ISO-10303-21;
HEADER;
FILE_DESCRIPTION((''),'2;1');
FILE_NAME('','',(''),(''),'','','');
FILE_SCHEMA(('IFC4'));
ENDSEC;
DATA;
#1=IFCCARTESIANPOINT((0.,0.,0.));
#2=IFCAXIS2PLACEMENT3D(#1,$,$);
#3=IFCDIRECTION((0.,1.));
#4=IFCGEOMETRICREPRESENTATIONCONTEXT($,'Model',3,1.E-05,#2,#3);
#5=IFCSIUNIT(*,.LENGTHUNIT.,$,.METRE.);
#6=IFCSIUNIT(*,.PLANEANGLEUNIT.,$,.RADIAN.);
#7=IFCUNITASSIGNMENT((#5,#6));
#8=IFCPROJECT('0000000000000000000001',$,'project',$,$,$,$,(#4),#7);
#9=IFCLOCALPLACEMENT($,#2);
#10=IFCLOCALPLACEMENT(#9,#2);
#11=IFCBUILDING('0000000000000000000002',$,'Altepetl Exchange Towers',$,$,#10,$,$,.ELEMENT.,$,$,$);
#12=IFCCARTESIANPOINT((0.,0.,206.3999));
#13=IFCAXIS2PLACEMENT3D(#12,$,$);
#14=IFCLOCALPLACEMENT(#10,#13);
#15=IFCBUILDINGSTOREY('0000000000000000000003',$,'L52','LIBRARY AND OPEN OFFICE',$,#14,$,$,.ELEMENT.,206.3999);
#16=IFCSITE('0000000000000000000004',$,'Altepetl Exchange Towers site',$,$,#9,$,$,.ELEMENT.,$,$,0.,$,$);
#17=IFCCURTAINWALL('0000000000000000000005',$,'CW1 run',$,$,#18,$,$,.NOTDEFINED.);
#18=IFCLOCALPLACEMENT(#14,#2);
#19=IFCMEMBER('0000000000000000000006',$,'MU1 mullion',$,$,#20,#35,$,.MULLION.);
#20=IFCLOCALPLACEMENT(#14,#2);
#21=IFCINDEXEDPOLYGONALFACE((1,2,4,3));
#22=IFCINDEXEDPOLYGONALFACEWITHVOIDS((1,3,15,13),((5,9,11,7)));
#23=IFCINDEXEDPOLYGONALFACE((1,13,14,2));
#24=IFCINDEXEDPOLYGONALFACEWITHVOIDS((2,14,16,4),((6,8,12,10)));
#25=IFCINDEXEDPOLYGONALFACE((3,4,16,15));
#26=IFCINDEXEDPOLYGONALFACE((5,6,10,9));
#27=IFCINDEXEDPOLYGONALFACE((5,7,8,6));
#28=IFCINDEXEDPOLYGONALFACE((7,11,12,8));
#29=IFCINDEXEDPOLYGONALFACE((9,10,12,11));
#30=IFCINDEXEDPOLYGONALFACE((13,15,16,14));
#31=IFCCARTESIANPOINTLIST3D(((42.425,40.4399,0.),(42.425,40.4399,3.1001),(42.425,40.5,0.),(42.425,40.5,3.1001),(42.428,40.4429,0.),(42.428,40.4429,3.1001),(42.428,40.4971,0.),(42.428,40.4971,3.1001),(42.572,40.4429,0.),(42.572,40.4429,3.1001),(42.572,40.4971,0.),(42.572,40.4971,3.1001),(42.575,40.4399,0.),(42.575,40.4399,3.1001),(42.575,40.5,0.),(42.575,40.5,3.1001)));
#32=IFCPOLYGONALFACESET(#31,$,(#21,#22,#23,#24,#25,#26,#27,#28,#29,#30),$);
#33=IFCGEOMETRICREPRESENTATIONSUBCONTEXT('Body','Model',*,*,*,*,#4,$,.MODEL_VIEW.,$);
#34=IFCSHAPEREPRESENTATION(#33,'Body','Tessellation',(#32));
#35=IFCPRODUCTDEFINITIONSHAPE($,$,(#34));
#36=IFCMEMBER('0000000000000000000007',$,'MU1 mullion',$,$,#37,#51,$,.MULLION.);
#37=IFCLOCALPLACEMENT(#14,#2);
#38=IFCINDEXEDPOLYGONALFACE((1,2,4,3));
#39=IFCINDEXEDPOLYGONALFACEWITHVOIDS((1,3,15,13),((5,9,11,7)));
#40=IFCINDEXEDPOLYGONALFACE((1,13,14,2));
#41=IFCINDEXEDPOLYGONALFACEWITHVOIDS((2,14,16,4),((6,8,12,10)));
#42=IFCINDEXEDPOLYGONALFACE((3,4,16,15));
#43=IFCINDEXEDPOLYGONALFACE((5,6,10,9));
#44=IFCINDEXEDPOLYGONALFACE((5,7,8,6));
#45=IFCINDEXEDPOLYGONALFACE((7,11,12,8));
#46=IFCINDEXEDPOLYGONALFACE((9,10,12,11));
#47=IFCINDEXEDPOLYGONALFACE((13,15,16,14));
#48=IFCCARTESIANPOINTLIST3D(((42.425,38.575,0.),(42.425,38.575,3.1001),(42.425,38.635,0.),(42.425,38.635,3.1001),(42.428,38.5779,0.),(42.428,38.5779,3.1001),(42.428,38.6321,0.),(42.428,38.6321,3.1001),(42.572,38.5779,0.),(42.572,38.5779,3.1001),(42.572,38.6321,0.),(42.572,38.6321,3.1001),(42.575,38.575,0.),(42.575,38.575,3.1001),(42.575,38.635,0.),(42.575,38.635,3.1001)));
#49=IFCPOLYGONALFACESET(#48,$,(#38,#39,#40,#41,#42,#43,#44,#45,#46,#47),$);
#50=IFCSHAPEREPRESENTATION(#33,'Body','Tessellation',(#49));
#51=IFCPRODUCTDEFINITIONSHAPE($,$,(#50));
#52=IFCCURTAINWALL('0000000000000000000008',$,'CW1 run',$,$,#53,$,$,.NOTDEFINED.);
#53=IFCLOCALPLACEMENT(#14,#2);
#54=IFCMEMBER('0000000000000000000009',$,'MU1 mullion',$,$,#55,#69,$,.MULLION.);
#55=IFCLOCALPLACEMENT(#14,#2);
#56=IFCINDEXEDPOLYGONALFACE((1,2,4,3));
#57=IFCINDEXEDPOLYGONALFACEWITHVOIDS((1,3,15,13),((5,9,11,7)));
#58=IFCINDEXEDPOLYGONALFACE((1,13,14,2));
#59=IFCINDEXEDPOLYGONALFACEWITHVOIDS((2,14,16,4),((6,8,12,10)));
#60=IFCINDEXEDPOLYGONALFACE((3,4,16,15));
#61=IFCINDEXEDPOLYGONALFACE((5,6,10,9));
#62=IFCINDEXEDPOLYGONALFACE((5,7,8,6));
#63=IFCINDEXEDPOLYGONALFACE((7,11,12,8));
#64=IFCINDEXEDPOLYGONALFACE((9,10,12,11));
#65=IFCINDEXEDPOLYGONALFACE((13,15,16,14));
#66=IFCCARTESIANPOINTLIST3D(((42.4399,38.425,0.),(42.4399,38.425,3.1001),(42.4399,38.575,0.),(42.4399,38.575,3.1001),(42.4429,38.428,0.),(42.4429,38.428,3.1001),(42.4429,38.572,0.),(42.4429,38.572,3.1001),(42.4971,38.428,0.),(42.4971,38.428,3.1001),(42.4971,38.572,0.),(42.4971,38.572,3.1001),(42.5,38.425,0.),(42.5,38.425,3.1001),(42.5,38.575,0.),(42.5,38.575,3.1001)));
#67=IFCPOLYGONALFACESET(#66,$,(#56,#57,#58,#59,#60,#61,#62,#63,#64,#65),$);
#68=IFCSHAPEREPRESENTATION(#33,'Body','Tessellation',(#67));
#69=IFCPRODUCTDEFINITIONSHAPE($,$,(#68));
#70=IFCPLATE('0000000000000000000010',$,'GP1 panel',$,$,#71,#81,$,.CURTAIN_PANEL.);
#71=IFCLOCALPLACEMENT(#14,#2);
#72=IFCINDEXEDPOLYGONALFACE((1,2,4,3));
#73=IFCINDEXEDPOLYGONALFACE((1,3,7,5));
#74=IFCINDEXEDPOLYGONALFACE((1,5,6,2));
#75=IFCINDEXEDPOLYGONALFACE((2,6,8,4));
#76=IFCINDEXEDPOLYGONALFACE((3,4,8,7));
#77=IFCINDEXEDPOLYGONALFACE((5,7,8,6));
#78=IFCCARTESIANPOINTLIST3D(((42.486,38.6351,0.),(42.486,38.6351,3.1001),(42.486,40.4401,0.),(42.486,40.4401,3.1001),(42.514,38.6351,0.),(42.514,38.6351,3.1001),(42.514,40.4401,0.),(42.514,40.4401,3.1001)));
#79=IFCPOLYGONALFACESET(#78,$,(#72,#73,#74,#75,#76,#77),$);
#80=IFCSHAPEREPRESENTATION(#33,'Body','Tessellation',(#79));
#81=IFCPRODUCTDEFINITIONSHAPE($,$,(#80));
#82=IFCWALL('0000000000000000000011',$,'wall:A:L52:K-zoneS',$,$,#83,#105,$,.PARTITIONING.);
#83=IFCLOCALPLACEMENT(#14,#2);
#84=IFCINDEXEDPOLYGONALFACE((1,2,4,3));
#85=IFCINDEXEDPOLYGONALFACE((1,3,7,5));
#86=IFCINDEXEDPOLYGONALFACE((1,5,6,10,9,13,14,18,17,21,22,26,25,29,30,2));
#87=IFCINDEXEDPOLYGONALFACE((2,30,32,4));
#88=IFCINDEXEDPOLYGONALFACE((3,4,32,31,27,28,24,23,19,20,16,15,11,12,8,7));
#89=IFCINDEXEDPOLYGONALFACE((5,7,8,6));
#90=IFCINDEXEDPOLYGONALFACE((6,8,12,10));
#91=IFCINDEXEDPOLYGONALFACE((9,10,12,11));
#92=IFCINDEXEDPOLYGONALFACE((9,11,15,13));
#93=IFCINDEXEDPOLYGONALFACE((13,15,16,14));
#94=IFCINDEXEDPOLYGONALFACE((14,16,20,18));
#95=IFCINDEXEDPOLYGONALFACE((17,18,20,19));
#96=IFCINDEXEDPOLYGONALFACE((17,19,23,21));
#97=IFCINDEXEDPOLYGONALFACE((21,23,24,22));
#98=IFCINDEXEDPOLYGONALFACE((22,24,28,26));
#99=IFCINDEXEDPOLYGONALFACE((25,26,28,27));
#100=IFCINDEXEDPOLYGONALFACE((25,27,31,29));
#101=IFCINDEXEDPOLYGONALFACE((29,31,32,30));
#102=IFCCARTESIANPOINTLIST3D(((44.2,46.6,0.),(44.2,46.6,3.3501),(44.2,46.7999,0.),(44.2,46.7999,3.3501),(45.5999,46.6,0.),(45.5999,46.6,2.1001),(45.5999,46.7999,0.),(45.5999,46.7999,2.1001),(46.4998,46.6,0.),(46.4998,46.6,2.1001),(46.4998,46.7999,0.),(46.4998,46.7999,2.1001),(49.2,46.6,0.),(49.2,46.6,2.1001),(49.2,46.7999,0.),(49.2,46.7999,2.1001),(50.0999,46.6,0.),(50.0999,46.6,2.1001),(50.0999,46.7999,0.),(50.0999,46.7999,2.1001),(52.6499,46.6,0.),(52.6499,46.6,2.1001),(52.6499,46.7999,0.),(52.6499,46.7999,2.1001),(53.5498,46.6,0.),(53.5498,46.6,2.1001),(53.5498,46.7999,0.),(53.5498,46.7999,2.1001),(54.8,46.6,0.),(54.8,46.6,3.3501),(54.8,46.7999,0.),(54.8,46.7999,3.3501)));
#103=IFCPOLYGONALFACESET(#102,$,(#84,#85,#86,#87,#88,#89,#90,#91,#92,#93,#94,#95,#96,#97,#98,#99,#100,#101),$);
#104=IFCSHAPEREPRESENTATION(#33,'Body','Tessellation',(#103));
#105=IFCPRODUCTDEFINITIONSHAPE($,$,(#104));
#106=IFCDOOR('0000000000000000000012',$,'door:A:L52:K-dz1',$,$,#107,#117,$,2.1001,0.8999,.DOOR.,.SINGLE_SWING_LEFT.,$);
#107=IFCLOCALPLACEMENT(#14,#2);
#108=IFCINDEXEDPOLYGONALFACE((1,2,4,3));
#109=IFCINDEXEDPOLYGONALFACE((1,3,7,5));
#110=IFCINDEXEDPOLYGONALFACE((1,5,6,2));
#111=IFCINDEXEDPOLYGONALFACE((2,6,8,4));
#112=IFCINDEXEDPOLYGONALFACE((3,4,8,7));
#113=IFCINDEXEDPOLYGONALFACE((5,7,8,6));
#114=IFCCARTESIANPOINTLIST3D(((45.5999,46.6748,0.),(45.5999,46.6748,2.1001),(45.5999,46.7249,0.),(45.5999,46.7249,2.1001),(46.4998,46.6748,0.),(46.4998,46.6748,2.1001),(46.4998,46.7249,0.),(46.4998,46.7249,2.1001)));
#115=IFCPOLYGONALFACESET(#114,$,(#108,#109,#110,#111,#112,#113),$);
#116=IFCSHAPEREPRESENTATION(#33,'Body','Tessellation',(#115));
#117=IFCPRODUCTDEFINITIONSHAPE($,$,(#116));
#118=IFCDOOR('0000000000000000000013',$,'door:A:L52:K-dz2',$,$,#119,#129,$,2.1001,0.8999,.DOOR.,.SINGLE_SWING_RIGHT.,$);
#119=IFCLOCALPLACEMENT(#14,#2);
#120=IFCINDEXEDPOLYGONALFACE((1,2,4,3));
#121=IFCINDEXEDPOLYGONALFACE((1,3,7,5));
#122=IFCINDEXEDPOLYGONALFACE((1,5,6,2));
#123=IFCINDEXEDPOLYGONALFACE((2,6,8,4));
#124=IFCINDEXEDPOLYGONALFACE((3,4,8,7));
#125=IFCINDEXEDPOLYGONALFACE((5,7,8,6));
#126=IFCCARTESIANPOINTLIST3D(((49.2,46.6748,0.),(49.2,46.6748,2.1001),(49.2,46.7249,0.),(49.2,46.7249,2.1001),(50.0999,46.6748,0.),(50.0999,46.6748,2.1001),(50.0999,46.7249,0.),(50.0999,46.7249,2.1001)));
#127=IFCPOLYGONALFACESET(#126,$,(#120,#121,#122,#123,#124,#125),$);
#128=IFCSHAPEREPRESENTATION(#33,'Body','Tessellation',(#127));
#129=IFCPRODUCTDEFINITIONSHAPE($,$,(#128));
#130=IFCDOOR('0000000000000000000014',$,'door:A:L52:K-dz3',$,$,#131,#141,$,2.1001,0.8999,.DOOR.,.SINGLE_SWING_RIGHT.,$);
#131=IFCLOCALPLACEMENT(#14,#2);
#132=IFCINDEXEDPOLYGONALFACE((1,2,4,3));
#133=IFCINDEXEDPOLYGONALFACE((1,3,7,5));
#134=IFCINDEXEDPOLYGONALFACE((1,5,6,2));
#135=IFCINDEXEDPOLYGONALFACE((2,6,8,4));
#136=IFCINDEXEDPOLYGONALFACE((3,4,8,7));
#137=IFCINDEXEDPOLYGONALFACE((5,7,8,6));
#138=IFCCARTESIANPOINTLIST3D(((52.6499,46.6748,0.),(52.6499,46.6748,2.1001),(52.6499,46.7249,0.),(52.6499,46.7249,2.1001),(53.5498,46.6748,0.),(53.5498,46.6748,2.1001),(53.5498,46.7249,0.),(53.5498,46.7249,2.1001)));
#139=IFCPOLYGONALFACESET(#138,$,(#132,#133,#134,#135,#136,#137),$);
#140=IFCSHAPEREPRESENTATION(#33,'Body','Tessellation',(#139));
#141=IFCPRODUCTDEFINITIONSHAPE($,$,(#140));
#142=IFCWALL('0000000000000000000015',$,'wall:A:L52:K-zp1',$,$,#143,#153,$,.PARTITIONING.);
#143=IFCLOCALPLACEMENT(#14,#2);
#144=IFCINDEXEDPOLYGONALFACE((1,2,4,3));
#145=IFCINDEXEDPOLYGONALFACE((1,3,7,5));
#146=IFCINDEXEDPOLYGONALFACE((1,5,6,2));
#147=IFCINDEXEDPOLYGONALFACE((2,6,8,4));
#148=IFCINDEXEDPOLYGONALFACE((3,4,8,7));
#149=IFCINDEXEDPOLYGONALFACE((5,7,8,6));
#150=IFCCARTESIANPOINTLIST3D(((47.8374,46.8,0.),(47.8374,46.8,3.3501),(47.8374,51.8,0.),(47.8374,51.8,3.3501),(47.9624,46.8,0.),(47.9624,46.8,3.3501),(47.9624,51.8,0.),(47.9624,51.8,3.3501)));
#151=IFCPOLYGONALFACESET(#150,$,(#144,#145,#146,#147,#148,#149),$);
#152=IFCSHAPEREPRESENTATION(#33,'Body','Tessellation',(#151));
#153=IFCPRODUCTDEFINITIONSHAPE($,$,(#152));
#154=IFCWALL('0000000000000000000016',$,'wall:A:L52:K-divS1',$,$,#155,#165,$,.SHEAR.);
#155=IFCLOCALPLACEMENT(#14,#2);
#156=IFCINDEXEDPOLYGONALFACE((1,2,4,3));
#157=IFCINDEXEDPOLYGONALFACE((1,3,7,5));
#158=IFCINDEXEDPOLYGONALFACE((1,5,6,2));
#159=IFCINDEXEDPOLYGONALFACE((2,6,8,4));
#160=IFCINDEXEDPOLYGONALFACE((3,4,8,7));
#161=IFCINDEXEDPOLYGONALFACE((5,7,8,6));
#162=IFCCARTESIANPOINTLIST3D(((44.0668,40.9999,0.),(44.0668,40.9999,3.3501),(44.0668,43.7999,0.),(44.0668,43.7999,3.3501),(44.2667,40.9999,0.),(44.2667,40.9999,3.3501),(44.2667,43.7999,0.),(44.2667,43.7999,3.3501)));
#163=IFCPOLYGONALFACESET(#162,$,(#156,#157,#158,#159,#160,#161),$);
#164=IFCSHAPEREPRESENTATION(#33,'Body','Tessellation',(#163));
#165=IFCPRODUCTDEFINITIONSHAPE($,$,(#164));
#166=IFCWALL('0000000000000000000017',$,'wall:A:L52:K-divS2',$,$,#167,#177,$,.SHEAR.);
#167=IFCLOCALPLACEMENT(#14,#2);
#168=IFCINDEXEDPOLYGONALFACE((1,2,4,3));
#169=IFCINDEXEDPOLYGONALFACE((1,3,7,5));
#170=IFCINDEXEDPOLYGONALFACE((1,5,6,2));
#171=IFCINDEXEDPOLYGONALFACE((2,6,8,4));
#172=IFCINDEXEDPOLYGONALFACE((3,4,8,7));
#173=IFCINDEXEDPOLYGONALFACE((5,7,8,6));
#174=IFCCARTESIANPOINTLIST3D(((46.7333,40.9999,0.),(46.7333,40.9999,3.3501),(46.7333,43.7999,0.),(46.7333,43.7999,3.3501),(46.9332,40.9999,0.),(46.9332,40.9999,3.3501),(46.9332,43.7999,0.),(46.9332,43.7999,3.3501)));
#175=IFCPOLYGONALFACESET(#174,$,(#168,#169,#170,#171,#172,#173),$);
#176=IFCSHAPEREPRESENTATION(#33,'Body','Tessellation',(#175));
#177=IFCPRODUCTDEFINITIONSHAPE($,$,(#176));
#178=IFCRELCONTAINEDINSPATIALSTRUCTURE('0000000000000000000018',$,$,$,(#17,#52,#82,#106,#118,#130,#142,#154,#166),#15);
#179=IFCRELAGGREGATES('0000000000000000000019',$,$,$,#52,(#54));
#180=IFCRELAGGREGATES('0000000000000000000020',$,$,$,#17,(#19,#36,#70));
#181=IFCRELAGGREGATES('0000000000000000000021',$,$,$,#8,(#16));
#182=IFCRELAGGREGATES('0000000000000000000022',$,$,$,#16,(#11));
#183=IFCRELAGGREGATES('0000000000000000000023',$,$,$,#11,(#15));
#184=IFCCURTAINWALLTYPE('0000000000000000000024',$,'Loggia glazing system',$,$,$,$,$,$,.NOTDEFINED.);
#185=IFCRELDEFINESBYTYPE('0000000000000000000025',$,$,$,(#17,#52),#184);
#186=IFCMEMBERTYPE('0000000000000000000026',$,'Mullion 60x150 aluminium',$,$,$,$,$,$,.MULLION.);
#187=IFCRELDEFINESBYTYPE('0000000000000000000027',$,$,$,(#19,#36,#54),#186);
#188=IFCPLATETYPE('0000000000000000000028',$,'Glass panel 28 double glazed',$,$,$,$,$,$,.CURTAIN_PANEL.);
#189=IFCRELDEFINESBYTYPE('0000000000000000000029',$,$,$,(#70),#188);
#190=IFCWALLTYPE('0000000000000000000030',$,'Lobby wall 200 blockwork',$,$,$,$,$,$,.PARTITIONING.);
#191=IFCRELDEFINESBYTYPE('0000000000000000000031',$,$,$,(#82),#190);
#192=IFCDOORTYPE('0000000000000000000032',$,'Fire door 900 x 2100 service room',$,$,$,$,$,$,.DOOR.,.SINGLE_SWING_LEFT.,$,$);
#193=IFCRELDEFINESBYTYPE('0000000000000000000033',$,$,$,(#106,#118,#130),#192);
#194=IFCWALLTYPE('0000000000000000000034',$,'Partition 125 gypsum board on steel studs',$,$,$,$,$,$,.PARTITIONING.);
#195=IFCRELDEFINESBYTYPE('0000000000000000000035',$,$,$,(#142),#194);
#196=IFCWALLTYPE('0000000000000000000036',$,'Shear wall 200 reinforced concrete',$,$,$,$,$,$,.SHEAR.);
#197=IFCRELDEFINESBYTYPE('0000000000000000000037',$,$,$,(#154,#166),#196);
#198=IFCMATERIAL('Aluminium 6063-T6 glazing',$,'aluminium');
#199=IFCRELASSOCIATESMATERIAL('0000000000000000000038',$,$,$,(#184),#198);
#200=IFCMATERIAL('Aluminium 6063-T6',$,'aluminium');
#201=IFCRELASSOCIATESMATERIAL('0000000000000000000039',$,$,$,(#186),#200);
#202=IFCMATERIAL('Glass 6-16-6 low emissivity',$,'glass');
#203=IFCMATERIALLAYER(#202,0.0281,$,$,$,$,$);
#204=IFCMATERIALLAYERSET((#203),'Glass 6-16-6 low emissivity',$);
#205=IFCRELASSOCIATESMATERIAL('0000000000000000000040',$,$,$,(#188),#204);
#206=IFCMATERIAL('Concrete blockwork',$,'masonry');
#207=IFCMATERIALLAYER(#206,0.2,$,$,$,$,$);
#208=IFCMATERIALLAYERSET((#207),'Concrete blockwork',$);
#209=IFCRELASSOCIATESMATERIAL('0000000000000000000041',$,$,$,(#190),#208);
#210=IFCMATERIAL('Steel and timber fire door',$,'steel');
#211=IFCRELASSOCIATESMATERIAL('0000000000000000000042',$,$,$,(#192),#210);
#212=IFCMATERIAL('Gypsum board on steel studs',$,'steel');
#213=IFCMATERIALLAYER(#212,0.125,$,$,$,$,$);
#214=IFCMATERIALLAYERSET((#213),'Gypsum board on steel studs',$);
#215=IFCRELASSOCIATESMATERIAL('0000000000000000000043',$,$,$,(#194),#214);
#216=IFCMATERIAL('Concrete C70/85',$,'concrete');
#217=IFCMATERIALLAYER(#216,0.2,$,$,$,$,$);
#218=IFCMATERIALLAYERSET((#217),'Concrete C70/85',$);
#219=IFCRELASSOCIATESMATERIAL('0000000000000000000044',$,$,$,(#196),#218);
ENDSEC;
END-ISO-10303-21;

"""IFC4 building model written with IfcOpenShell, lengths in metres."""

from ifc_helpers import new_model, si_unit, direction, frame, frame_2d, origin, origin_2d, place, context, subcontext, project, spatial, rectangle, hollow_rectangle, extrude, material, layer, layer_set, material_profile, profile_set, type_object, element, fill, aggregate, save


model = new_model("IFC4")

# Units and contexts
model_context = context("Model", 3, precision=1e-05, world=origin(), true_north=direction((0.0, 1.0)))
body_context = subcontext(model_context, "Body", "Model", "MODEL_VIEW")
ifc_project = project(units=[si_unit("LENGTHUNIT", "METRE"), si_unit("PLANEANGLEUNIT", "RADIAN")], contexts=[model_context])

# Site, building, storey
site_placement = place(None, origin())
site = spatial("IfcSite", under=ifc_project, at=site_placement, Name="Altepetl Exchange Towers site", CompositionType="ELEMENT", RefElevation=0.0)
building_placement = place(site_placement, origin())
building = spatial("IfcBuilding", under=site, at=building_placement, Name="Altepetl Exchange Towers", CompositionType="ELEMENT")
storey_placement = place(building_placement, frame((0.0, 0.0, 206.3999)))
storey = spatial("IfcBuildingStorey", under=building, at=storey_placement, Name="L52", Description="LIBRARY AND OPEN OFFICE", CompositionType="ELEMENT", Elevation=206.3999)

# Curtain wall, members
ifc_material_1 = material(Name="Aluminium 6063-T6 glazing", Category="aluminium")
curtain_wall_type = type_object("IfcCurtainWallType", Name="Loggia glazing system", PredefinedType="NOTDEFINED", material=ifc_material_1)
curtain_wall_1_placement = place(storey_placement, origin())
curtain_wall_1 = element("IfcCurtainWall", 1, at=curtain_wall_1_placement, inside=storey, type_object=curtain_wall_type, Name="CW1 run", PredefinedType="NOTDEFINED")
ifc_material_2 = material(Name="Aluminium 6063-T6", Category="aluminium")
ifc_material_profile = material_profile(ifc_material_2, hollow_rectangle(XDim=0.0601, YDim=0.1499, WallThickness=0.0029, at=origin_2d()), Name="Mullion 60x150 aluminium")
ifc_profile_set = profile_set([ifc_material_profile], Name="Aluminium 6063-T6")
member_type = type_object("IfcMemberType", Name="Mullion 60x150 aluminium", PredefinedType="MULLION", material=ifc_profile_set)
member_1_placement = place(storey_placement, frame((42.5, 40.47, 0.0), z_axis=(0.0, 0.0, 1.0), x_axis=(0.0, -1.0, 0.0)))
member_1 = element("IfcMember", 2, at=member_1_placement, type_object=member_type, Name="MU1 mullion", PredefinedType="MULLION", context=body_context, shape_type="SweptSolid", body=[
    extrude(hollow_rectangle(XDim=0.0601, YDim=0.1499, WallThickness=0.0029, at=origin_2d()), origin(), (0.0, 0.0, 1.0), 3.1001),
])
member_2_placement = place(storey_placement, frame((42.5, 38.605, 0.0), z_axis=(0.0, 0.0, 1.0), x_axis=(0.0, -1.0, 0.0)))
member_2 = element("IfcMember", 3, at=member_2_placement, type_object=member_type, Name="MU1 mullion", PredefinedType="MULLION", context=body_context, shape_type="SweptSolid", body=[
    extrude(hollow_rectangle(XDim=0.0601, YDim=0.1499, WallThickness=0.0029, at=origin_2d()), origin(), (0.0, 0.0, 1.0), 3.1001),
])

# Curtain wall, member
curtain_wall_2_placement = place(storey_placement, origin())
curtain_wall_2 = element("IfcCurtainWall", 4, at=curtain_wall_2_placement, inside=storey, type_object=curtain_wall_type, Name="CW1 run", PredefinedType="NOTDEFINED")
member_3_placement = place(storey_placement, frame((42.47, 38.5, 0.0), z_axis=(0.0, 0.0, 1.0), x_axis=(-1.0, 0.0, 0.0)))
member_3 = element("IfcMember", 5, at=member_3_placement, type_object=member_type, Name="MU1 mullion", PredefinedType="MULLION", context=body_context, shape_type="SweptSolid", body=[
    extrude(hollow_rectangle(XDim=0.0601, YDim=0.1499, WallThickness=0.0029, at=origin_2d()), origin(), (0.0, 0.0, 1.0), 3.1001),
])
aggregate(curtain_wall_2, [member_3])

# Plate
ifc_material_3 = material(Name="Glass 6-16-6 low emissivity", Category="glass")
ifc_layer_1 = layer(ifc_material_3, 0.0281)
ifc_layer_set_1 = layer_set([ifc_layer_1], Name="Glass 6-16-6 low emissivity")
plate_type = type_object("IfcPlateType", Name="Glass panel 28 double glazed", PredefinedType="CURTAIN_PANEL", material=ifc_layer_set_1)
plate_placement = place(storey_placement, frame((42.5, 39.5376, 0.0), z_axis=(0.0, 0.0, 1.0), x_axis=(0.0, -1.0, 0.0)))
plate = element("IfcPlate", 6, at=plate_placement, type_object=plate_type, Name="GP1 panel", PredefinedType="CURTAIN_PANEL", context=body_context, shape_type="SweptSolid", body=[
    extrude(rectangle(XDim=1.8049, YDim=0.0281, at=origin_2d()), origin(), (0.0, 0.0, 1.0), 3.1001),
])
aggregate(curtain_wall_1, [member_1, member_2, plate])

# Wall, openings, doors
ifc_material_4 = material(Name="Concrete blockwork", Category="masonry")
ifc_layer_2 = layer(ifc_material_4, 0.2)
ifc_layer_set_2 = layer_set([ifc_layer_2], Name="Concrete blockwork")
wall_type_1 = type_object("IfcWallType", Name="Lobby wall 200 blockwork", PredefinedType="PARTITIONING", material=ifc_layer_set_2)
wall_1_placement = place(storey_placement, frame((44.2, 46.7, 0.0)))
wall_1 = element("IfcWall", 7, at=wall_1_placement, inside=storey, type_object=wall_type_1, Name="wall:A:L52:K-zoneS", PredefinedType="PARTITIONING", context=body_context, shape_type="SweptSolid", body=[
    extrude(rectangle(XDim=10.6001, YDim=0.2, at=frame_2d((5.3, 0.0))), origin(), (0.0, 0.0, 1.0), 3.3501),
])
opening_1_placement = place(wall_1_placement, frame((1.3999, 0.0, 0.0)))
opening_1 = element("IfcOpeningElement", 8, at=opening_1_placement, cuts=wall_1, PredefinedType="OPENING", context=body_context, shape_type="SweptSolid", body=[
    extrude(rectangle(XDim=0.8999, YDim=2.1001, at=frame_2d((0.45, 1.05))), frame((0.0, 0.1099, 0.0), z_axis=(0.0, -1.0, 0.0), x_axis=(1.0, 0.0, 0.0)), (0.0, 0.0, 1.0), 0.22),
])
opening_2_placement = place(wall_1_placement, frame((5.0, 0.0, 0.0)))
opening_2 = element("IfcOpeningElement", 9, at=opening_2_placement, cuts=wall_1, PredefinedType="OPENING", context=body_context, shape_type="SweptSolid", body=[
    extrude(rectangle(XDim=0.8999, YDim=2.1001, at=frame_2d((0.45, 1.05))), frame((0.0, 0.1099, 0.0), z_axis=(0.0, -1.0, 0.0), x_axis=(1.0, 0.0, 0.0)), (0.0, 0.0, 1.0), 0.22),
])
opening_3_placement = place(wall_1_placement, frame((8.45, 0.0, 0.0)))
opening_3 = element("IfcOpeningElement", 10, at=opening_3_placement, cuts=wall_1, PredefinedType="OPENING", context=body_context, shape_type="SweptSolid", body=[
    extrude(rectangle(XDim=0.8999, YDim=2.1001, at=frame_2d((0.45, 1.05))), frame((0.0, 0.1099, 0.0), z_axis=(0.0, -1.0, 0.0), x_axis=(1.0, 0.0, 0.0)), (0.0, 0.0, 1.0), 0.22),
])
ifc_material_5 = material(Name="Steel and timber fire door", Category="steel")
door_type_1 = type_object("IfcDoorType", Name="Fire door 900 x 2100 service room", OperationType="SINGLE_SWING_LEFT", PredefinedType="DOOR", material=ifc_material_5)
door_1_placement = place(opening_1_placement, origin())
door_1 = element("IfcDoor", 11, at=door_1_placement, inside=storey, type_object=door_type_1, Name="door:A:L52:K-dz1", OperationType="SINGLE_SWING_LEFT", OverallHeight=2.1001, OverallWidth=0.8999, PredefinedType="DOOR", context=body_context, shape_type="SweptSolid", body=[
    extrude(rectangle(XDim=0.8999, YDim=2.1001, at=frame_2d((0.45, 1.05))), frame((0.0, 0.0249, 0.0), z_axis=(0.0, -1.0, 0.0), x_axis=(1.0, 0.0, 0.0)), (0.0, 0.0, 1.0), 0.05),
])
fill(opening_1, door_1)
door_2_placement = place(opening_2_placement, origin())
door_2 = element("IfcDoor", 12, at=door_2_placement, inside=storey, type_object=door_type_1, Name="door:A:L52:K-dz2", OperationType="SINGLE_SWING_RIGHT", OverallHeight=2.1001, OverallWidth=0.8999, PredefinedType="DOOR", context=body_context, shape_type="SweptSolid", body=[
    extrude(rectangle(XDim=0.8999, YDim=2.1001, at=frame_2d((0.45, 1.05))), frame((0.0, 0.0249, 0.0), z_axis=(0.0, -1.0, 0.0), x_axis=(1.0, 0.0, 0.0)), (0.0, 0.0, 1.0), 0.05),
])
fill(opening_2, door_2)
door_3_placement = place(opening_3_placement, origin())
door_3 = element("IfcDoor", 13, at=door_3_placement, inside=storey, type_object=door_type_1, Name="door:A:L52:K-dz3", OperationType="SINGLE_SWING_RIGHT", OverallHeight=2.1001, OverallWidth=0.8999, PredefinedType="DOOR", context=body_context, shape_type="SweptSolid", body=[
    extrude(rectangle(XDim=0.8999, YDim=2.1001, at=frame_2d((0.45, 1.05))), frame((0.0, 0.0249, 0.0), z_axis=(0.0, -1.0, 0.0), x_axis=(1.0, 0.0, 0.0)), (0.0, 0.0, 1.0), 0.05),
])
fill(opening_3, door_3)

# Walls
ifc_material_6 = material(Name="Gypsum board on steel studs", Category="steel")
ifc_layer_3 = layer(ifc_material_6, 0.125)
ifc_layer_set_3 = layer_set([ifc_layer_3], Name="Gypsum board on steel studs")
wall_type_2 = type_object("IfcWallType", Name="Partition 125 gypsum board on steel studs", PredefinedType="PARTITIONING", material=ifc_layer_set_3)
wall_2_placement = place(storey_placement, frame((47.8999, 46.8, 0.0), z_axis=(0.0, 0.0, 1.0), x_axis=(0.0, 1.0, 0.0)))
element("IfcWall", 14, at=wall_2_placement, inside=storey, type_object=wall_type_2, Name="wall:A:L52:K-zp1", PredefinedType="PARTITIONING", context=body_context, shape_type="SweptSolid", body=[
    extrude(rectangle(XDim=5.0, YDim=0.125, at=frame_2d((2.5, 0.0))), origin(), (0.0, 0.0, 1.0), 3.3501),
])
ifc_material_7 = material(Name="Concrete C70/85", Category="concrete")
ifc_layer_4 = layer(ifc_material_7, 0.2)
ifc_layer_set_4 = layer_set([ifc_layer_4], Name="Concrete C70/85")
wall_type_3 = type_object("IfcWallType", Name="Shear wall 200 reinforced concrete", PredefinedType="SHEAR", material=ifc_layer_set_4)
for number, where, z_axis, x_axis, name in (
    (15, (44.1667, 41.0, 0.0), (0.0, 0.0, 1.0), (0.0, 1.0, 0.0), "wall:A:L52:K-divS1"),
    (16, (46.8333, 41.0, 0.0), (0.0, 0.0, 1.0), (0.0, 1.0, 0.0), "wall:A:L52:K-divS2"),
):
    element("IfcWall", number, at=place(storey_placement, frame(where, z_axis=z_axis, x_axis=x_axis)), inside=storey, type_object=wall_type_3, Name=name, PredefinedType="SHEAR", context=body_context, shape_type="SweptSolid", body=[
        extrude(rectangle(XDim=2.8, YDim=0.2, at=frame_2d((1.3999, 0.0))), origin(), (0.0, 0.0, 1.0), 3.3501),
    ])

save(model, "model.ifc")
